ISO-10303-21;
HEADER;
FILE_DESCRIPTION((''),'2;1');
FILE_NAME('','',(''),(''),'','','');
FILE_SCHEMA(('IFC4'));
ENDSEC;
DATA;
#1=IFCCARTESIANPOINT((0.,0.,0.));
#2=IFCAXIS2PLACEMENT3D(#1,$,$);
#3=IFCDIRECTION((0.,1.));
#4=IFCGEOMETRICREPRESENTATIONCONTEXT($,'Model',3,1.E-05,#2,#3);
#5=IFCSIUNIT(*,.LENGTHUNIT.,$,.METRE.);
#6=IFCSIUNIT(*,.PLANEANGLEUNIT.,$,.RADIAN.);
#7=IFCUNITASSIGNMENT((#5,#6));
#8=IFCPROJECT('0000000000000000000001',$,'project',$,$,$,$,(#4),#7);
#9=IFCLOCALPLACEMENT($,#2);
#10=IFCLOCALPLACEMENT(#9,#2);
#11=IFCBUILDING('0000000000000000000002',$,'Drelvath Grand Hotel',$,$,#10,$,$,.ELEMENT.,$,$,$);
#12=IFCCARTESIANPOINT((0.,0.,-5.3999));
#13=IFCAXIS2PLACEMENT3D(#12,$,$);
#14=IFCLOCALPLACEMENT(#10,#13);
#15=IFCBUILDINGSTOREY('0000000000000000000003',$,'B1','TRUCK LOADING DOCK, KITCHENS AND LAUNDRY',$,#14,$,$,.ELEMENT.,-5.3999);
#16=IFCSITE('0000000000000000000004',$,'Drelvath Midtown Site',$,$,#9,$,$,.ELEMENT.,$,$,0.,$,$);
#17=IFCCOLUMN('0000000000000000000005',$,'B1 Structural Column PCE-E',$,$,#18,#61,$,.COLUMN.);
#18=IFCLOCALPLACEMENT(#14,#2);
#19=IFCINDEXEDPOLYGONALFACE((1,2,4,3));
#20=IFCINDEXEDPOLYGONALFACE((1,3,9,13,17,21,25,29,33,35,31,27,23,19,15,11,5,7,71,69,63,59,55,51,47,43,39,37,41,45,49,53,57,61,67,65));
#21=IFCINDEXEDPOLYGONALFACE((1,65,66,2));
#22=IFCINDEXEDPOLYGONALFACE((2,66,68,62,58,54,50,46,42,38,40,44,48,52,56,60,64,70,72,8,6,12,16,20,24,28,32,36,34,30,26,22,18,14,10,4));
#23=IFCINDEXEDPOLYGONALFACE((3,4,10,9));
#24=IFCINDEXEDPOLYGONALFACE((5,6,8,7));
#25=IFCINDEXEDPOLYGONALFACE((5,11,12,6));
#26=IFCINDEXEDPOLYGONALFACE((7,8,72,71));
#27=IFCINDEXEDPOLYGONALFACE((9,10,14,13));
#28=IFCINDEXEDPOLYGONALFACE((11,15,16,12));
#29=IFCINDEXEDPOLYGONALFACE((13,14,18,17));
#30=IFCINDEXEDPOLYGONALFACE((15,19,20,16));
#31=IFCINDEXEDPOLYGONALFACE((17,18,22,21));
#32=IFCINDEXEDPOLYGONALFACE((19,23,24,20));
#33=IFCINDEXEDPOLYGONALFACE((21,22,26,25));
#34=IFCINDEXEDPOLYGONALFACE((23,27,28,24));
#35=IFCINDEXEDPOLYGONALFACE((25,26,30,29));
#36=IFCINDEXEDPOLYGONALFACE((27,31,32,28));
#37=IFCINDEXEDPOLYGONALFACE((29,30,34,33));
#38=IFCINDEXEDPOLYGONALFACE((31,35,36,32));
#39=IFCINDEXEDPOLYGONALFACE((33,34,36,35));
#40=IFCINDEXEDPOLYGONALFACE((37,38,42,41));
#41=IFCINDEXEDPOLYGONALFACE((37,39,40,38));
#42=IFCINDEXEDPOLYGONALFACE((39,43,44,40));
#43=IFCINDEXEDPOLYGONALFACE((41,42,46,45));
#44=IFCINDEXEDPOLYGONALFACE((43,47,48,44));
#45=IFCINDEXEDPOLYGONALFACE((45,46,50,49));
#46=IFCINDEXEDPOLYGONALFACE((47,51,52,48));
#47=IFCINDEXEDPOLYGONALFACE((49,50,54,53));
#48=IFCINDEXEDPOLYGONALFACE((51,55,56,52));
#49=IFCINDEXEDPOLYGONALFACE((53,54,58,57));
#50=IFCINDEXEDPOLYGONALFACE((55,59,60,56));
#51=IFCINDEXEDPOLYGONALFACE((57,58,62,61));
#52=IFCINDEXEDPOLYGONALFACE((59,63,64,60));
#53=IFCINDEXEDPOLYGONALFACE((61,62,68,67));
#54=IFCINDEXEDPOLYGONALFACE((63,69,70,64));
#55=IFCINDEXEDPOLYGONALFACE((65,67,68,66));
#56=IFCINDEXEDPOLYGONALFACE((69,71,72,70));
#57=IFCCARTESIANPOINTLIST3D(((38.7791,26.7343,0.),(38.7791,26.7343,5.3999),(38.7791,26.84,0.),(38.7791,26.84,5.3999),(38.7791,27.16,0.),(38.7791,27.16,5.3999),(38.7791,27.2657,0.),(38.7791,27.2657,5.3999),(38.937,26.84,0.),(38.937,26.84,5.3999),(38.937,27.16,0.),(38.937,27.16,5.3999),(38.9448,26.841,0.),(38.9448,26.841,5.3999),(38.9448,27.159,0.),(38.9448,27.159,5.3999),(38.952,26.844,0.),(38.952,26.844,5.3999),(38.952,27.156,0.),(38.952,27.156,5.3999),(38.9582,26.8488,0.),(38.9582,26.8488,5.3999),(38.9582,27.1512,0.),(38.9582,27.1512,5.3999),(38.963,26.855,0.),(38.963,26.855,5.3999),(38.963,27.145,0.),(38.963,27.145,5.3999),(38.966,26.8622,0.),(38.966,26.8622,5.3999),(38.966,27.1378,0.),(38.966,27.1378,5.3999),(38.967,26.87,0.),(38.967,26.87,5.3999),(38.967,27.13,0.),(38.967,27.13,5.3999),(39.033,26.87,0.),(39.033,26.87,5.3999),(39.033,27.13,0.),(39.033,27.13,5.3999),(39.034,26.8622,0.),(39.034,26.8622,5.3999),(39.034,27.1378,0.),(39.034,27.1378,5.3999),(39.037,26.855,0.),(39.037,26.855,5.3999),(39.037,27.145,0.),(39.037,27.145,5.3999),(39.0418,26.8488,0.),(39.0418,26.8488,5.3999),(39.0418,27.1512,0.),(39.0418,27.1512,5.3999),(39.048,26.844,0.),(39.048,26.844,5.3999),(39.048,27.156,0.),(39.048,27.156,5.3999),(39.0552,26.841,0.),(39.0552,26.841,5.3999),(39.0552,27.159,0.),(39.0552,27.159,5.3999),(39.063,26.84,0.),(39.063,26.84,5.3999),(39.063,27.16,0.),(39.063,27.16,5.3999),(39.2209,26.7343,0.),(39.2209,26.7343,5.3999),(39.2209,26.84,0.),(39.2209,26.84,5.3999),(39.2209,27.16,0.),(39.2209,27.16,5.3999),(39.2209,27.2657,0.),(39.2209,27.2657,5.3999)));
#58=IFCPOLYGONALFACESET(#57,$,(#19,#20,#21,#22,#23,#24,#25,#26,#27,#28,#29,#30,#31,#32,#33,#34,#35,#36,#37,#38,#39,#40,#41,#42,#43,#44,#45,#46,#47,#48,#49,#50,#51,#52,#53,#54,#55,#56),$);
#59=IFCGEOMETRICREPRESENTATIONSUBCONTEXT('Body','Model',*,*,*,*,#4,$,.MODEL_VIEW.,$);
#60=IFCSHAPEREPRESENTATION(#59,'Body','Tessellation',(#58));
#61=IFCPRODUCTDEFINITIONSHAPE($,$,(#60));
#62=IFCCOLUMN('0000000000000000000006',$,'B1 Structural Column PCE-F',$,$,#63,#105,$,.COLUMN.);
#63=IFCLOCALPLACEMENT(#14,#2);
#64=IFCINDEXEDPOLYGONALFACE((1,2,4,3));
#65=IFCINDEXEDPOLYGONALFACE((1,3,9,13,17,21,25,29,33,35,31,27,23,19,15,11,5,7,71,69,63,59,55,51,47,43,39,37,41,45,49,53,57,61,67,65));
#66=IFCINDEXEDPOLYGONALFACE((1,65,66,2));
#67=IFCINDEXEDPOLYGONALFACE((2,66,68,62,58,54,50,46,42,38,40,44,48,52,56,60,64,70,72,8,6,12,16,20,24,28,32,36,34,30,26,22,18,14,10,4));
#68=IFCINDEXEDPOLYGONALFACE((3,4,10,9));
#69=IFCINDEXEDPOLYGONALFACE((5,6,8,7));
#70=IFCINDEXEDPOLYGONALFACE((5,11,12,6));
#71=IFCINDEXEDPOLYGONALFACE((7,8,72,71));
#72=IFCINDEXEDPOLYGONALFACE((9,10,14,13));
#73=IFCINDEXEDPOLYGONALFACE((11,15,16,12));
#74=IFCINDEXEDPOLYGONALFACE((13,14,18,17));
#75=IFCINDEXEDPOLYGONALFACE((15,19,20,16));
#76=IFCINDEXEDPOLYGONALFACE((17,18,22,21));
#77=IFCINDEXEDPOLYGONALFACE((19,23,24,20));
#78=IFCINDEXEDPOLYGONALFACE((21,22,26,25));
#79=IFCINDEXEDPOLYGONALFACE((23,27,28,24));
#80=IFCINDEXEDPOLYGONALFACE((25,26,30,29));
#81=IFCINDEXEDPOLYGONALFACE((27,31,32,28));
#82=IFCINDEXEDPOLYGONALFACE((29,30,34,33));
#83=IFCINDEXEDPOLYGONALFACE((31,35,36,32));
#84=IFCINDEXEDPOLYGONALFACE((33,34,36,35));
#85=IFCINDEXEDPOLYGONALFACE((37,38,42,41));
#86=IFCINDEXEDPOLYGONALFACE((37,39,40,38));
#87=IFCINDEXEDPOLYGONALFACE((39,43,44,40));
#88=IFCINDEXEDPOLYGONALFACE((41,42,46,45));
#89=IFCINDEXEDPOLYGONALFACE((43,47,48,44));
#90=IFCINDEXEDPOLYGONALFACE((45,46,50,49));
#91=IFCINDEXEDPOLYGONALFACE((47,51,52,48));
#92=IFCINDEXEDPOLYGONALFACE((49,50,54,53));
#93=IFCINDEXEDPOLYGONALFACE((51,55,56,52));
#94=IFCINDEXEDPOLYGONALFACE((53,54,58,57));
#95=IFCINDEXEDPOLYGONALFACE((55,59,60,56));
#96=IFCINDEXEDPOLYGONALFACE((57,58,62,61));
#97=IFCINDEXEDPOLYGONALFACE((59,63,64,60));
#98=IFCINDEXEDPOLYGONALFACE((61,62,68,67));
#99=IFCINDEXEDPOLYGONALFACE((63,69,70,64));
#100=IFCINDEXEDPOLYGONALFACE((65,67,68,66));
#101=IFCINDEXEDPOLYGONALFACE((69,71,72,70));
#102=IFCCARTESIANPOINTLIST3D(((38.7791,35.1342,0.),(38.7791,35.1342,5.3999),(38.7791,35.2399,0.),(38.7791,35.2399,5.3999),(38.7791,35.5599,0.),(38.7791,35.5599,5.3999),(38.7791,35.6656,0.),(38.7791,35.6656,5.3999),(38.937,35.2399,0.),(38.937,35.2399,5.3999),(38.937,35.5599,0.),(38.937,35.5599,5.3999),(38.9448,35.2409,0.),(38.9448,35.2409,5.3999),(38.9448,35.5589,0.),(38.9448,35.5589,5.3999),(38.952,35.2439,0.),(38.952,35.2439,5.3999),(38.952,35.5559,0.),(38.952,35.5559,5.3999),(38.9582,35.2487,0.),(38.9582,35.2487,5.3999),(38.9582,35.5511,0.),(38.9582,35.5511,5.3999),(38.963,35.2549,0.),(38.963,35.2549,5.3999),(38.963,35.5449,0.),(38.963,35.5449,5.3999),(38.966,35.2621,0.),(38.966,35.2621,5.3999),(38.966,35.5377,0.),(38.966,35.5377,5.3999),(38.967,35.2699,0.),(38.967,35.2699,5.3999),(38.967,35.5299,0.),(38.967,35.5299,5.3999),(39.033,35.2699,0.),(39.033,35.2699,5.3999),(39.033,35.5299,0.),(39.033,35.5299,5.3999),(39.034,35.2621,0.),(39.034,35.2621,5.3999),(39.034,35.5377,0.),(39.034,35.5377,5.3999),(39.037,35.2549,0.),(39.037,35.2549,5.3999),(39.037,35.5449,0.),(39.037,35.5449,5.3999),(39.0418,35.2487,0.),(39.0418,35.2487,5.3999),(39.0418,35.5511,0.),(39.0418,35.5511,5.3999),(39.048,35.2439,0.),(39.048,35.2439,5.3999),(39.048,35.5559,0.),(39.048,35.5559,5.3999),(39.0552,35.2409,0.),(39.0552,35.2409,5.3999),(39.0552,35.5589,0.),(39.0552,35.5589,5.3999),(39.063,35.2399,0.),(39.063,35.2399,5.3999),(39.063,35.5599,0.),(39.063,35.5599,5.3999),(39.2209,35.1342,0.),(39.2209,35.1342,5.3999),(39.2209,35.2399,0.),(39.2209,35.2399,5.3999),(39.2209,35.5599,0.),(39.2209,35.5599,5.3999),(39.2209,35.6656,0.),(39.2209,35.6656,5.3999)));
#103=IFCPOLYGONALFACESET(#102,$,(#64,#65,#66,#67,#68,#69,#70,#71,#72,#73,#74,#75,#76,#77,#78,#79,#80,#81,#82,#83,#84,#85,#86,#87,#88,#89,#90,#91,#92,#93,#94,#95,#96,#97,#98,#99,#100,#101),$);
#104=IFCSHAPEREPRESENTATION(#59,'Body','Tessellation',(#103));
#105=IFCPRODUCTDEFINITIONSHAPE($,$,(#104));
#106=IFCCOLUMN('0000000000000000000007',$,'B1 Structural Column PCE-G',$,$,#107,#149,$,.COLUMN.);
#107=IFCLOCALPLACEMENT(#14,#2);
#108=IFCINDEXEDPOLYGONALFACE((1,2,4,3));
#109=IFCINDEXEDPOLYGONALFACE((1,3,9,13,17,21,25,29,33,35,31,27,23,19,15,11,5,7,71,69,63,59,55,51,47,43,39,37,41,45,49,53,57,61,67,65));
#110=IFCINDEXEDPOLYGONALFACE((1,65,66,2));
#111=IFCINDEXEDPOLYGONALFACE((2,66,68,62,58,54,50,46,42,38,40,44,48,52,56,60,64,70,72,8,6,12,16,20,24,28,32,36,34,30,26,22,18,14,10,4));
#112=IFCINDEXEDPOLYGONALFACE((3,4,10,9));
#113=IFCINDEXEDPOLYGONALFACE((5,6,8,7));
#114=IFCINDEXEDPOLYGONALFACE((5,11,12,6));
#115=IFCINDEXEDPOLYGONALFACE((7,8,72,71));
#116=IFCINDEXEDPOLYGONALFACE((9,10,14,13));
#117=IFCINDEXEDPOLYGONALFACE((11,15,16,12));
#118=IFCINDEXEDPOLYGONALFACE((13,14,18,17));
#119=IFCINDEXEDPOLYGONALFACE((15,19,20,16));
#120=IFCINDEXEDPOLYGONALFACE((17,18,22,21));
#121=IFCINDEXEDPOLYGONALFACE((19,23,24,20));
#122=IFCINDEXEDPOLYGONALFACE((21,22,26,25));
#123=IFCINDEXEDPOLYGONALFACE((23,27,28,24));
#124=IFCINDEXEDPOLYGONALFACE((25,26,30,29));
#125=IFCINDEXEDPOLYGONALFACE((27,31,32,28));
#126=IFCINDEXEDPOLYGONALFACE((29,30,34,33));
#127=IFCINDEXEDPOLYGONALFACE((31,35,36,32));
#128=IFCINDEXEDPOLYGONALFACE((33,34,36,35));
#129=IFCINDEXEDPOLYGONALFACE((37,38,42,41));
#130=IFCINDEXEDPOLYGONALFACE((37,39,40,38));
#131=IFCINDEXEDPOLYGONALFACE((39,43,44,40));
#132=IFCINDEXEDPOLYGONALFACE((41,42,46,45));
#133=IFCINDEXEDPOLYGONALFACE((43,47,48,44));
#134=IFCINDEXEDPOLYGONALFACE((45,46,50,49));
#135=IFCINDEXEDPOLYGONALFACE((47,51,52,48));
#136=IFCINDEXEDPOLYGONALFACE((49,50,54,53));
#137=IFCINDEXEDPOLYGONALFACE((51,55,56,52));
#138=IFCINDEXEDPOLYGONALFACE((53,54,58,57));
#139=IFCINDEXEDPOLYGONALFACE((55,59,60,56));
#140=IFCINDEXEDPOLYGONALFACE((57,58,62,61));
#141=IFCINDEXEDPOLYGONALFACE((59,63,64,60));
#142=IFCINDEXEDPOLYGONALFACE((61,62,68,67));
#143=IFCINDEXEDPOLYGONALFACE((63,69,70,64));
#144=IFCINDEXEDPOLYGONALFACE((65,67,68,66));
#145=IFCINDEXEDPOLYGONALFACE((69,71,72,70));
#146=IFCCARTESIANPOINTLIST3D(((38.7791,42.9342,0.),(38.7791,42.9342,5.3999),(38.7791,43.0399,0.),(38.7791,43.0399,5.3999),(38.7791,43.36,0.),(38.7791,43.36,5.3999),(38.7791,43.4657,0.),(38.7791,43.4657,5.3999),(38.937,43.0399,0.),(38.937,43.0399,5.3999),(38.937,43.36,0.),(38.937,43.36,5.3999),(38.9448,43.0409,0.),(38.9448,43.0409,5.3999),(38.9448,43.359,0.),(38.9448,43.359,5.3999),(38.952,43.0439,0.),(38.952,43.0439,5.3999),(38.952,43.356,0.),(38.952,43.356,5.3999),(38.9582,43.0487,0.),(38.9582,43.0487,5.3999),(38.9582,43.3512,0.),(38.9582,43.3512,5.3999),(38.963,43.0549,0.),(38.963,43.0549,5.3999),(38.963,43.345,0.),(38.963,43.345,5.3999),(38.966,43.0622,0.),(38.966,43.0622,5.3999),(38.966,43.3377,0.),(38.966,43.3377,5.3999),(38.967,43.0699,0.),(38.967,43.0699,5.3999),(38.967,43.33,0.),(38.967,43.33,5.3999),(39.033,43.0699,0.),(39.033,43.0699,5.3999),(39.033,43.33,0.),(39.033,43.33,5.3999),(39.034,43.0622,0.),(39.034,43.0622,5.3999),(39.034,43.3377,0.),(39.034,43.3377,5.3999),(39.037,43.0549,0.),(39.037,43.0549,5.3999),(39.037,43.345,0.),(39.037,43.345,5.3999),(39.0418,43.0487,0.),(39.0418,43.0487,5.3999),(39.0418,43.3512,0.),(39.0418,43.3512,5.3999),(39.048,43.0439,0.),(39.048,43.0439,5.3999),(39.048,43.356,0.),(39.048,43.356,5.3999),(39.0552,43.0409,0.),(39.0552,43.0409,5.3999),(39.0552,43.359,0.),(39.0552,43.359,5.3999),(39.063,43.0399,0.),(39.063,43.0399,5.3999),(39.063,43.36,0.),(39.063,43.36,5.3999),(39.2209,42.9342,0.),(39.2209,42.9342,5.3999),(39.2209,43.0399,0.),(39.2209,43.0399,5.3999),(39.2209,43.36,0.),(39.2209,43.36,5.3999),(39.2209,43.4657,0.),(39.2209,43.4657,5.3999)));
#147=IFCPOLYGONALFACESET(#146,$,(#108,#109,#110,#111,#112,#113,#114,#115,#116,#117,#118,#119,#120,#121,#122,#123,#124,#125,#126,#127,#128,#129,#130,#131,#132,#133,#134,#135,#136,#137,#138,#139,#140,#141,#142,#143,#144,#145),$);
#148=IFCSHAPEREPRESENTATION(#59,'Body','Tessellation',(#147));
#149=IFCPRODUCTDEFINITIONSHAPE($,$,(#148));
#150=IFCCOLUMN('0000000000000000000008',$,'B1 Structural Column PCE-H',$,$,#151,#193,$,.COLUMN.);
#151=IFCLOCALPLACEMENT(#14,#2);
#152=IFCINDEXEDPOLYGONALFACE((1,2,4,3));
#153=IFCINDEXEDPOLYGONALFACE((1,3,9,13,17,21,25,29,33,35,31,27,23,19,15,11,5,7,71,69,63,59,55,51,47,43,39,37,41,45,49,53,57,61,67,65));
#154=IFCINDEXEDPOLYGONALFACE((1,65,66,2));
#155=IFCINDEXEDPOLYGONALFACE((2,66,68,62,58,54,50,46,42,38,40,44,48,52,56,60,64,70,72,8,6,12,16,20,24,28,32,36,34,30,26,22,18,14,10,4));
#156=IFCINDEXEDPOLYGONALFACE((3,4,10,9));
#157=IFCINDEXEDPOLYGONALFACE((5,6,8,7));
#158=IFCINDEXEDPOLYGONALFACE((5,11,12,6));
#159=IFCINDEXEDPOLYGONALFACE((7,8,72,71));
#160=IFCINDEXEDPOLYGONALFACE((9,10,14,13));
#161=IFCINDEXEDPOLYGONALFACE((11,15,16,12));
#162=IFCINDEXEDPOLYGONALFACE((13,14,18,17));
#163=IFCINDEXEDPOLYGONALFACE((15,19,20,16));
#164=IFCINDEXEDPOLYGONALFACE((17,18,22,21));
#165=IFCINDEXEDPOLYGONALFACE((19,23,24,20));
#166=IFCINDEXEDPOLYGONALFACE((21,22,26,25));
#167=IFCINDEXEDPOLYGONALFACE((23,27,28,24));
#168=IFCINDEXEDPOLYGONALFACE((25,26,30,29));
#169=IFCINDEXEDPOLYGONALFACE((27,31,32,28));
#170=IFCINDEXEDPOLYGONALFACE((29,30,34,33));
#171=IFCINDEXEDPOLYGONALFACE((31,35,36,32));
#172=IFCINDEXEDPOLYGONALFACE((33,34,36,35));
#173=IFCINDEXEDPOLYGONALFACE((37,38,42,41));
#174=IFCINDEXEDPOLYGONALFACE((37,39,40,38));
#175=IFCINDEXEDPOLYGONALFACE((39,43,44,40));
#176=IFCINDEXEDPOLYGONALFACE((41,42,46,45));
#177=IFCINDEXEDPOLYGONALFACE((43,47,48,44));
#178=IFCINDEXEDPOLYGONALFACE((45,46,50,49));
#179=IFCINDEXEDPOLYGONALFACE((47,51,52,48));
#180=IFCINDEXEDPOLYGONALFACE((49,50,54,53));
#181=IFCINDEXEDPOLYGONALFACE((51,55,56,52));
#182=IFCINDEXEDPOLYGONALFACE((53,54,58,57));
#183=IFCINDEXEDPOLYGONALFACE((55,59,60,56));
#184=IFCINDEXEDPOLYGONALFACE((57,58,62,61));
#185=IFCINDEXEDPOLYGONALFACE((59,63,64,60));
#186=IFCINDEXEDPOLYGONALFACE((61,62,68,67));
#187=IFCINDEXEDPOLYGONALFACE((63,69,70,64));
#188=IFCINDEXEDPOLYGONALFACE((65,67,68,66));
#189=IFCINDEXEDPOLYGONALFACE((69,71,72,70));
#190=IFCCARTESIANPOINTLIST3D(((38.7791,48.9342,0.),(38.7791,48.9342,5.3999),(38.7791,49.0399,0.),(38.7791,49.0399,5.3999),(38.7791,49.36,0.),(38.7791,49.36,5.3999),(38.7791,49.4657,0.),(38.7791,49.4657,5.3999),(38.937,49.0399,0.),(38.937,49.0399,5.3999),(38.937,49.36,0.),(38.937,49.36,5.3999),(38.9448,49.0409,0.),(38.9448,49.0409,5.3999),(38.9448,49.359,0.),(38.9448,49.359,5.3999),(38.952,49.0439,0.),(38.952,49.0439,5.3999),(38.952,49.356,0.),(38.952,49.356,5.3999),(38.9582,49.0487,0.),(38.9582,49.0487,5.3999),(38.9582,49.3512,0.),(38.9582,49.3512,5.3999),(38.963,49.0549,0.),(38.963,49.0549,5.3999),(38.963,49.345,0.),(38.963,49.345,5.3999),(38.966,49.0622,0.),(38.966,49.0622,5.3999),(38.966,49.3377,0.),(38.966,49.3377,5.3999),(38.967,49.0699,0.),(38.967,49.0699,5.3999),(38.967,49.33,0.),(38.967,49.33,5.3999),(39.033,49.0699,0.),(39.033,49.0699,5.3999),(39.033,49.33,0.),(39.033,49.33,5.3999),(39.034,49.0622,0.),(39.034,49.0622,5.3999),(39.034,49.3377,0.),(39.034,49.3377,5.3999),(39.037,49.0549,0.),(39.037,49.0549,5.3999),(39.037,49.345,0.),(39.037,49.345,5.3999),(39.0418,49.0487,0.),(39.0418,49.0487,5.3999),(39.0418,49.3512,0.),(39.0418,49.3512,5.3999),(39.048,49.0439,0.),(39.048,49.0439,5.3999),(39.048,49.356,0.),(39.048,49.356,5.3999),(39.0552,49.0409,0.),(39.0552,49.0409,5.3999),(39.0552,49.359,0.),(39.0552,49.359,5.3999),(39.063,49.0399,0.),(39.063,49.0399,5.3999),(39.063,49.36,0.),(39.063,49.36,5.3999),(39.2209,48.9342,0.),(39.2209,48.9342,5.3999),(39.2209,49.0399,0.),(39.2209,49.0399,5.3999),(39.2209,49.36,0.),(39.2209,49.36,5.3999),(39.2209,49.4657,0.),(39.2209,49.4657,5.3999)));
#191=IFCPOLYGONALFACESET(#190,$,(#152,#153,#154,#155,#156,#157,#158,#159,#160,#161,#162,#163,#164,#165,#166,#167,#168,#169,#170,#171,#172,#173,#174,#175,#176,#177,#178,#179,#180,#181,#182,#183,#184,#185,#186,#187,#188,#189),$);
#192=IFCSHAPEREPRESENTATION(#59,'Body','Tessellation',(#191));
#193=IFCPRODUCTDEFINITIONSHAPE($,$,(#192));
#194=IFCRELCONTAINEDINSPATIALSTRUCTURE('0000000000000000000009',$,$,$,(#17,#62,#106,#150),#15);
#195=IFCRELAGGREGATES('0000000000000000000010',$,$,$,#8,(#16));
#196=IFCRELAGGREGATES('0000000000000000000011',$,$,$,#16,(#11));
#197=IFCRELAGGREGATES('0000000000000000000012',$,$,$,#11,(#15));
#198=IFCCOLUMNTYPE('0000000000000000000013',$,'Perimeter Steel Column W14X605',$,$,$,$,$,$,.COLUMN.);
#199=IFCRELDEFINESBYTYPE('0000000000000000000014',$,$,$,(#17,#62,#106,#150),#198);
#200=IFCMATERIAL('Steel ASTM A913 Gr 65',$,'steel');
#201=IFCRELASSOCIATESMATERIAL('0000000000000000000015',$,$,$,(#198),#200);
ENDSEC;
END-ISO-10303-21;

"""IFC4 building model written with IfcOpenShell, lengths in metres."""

from ifc_helpers import new_model, si_unit, direction, frame, origin, origin_2d, place, context, subcontext, project, spatial, i_section, extrude, material, material_profile, profile_set, type_object, element, save


model = new_model("IFC4")

# Units and contexts
model_context = context("Model", 3, precision=1e-05, world=origin(), true_north=direction((0.0, 1.0)))
body_context = subcontext(model_context, "Body", "Model", "MODEL_VIEW")
ifc_project = project(units=[si_unit("LENGTHUNIT", "METRE"), si_unit("PLANEANGLEUNIT", "RADIAN")], contexts=[model_context])

# Site, building, storey
site_placement = place(None, origin())
site = spatial("IfcSite", under=ifc_project, at=site_placement, Name="Drelvath Midtown Site", CompositionType="ELEMENT", RefElevation=0.0)
building_placement = place(site_placement, origin())
building = spatial("IfcBuilding", under=site, at=building_placement, Name="Drelvath Grand Hotel", CompositionType="ELEMENT")
storey_placement = place(building_placement, frame((0.0, 0.0, -5.3999)))
storey = spatial("IfcBuildingStorey", under=building, at=storey_placement, Name="B1", Description="TRUCK LOADING DOCK, KITCHENS AND LAUNDRY", CompositionType="ELEMENT", Elevation=-5.3999)

# Columns
ifc_material_1 = material(Name="Steel ASTM A913 Gr 65", Category="steel")
ifc_material_profile_1 = material_profile(ifc_material_1, i_section(OverallWidth=0.4419, OverallDepth=0.5315, WebThickness=0.0659, FlangeThickness=0.1057, FilletRadius=0.03, at=origin_2d()), Name="W14X605")
ifc_profile_set_1 = profile_set([ifc_material_profile_1], Name="Steel ASTM A913 Gr 65")
column_type_1 = type_object("IfcColumnType", Name="Perimeter Steel Column W14X605", PredefinedType="COLUMN", material=ifc_profile_set_1)
for number, where, z_axis, x_axis, name in (
    (1, (39.0, 27.0, 0.0), (0.0, 0.0, 1.0), (1.0, 0.0, 0.0), "B1 Structural Column PCE-E"),
    (2, (39.0, 35.3999, 0.0), (0.0, 0.0, 1.0), (1.0, 0.0, 0.0), "B1 Structural Column PCE-F"),
    (3, (39.0, 43.2, 0.0), (0.0, 0.0, 1.0), (1.0, 0.0, 0.0), "B1 Structural Column PCE-G"),
    (4, (39.0, 49.2, 0.0), (0.0, 0.0, 1.0), (1.0, 0.0, 0.0), "B1 Structural Column PCE-H"),
):
    element("IfcColumn", number, at=place(storey_placement, frame(where, z_axis=z_axis, x_axis=x_axis)), inside=storey, type_object=column_type_1, Name=name, PredefinedType="COLUMN", context=body_context, shape_type="SweptSolid", body=[
        extrude(i_section(OverallWidth=0.4419, OverallDepth=0.5315, WebThickness=0.0659, FlangeThickness=0.1057, FilletRadius=0.03, at=origin_2d()), origin(), (0.0, 0.0, 1.0), 5.3999),
    ])

save(model, "model.ifc")
